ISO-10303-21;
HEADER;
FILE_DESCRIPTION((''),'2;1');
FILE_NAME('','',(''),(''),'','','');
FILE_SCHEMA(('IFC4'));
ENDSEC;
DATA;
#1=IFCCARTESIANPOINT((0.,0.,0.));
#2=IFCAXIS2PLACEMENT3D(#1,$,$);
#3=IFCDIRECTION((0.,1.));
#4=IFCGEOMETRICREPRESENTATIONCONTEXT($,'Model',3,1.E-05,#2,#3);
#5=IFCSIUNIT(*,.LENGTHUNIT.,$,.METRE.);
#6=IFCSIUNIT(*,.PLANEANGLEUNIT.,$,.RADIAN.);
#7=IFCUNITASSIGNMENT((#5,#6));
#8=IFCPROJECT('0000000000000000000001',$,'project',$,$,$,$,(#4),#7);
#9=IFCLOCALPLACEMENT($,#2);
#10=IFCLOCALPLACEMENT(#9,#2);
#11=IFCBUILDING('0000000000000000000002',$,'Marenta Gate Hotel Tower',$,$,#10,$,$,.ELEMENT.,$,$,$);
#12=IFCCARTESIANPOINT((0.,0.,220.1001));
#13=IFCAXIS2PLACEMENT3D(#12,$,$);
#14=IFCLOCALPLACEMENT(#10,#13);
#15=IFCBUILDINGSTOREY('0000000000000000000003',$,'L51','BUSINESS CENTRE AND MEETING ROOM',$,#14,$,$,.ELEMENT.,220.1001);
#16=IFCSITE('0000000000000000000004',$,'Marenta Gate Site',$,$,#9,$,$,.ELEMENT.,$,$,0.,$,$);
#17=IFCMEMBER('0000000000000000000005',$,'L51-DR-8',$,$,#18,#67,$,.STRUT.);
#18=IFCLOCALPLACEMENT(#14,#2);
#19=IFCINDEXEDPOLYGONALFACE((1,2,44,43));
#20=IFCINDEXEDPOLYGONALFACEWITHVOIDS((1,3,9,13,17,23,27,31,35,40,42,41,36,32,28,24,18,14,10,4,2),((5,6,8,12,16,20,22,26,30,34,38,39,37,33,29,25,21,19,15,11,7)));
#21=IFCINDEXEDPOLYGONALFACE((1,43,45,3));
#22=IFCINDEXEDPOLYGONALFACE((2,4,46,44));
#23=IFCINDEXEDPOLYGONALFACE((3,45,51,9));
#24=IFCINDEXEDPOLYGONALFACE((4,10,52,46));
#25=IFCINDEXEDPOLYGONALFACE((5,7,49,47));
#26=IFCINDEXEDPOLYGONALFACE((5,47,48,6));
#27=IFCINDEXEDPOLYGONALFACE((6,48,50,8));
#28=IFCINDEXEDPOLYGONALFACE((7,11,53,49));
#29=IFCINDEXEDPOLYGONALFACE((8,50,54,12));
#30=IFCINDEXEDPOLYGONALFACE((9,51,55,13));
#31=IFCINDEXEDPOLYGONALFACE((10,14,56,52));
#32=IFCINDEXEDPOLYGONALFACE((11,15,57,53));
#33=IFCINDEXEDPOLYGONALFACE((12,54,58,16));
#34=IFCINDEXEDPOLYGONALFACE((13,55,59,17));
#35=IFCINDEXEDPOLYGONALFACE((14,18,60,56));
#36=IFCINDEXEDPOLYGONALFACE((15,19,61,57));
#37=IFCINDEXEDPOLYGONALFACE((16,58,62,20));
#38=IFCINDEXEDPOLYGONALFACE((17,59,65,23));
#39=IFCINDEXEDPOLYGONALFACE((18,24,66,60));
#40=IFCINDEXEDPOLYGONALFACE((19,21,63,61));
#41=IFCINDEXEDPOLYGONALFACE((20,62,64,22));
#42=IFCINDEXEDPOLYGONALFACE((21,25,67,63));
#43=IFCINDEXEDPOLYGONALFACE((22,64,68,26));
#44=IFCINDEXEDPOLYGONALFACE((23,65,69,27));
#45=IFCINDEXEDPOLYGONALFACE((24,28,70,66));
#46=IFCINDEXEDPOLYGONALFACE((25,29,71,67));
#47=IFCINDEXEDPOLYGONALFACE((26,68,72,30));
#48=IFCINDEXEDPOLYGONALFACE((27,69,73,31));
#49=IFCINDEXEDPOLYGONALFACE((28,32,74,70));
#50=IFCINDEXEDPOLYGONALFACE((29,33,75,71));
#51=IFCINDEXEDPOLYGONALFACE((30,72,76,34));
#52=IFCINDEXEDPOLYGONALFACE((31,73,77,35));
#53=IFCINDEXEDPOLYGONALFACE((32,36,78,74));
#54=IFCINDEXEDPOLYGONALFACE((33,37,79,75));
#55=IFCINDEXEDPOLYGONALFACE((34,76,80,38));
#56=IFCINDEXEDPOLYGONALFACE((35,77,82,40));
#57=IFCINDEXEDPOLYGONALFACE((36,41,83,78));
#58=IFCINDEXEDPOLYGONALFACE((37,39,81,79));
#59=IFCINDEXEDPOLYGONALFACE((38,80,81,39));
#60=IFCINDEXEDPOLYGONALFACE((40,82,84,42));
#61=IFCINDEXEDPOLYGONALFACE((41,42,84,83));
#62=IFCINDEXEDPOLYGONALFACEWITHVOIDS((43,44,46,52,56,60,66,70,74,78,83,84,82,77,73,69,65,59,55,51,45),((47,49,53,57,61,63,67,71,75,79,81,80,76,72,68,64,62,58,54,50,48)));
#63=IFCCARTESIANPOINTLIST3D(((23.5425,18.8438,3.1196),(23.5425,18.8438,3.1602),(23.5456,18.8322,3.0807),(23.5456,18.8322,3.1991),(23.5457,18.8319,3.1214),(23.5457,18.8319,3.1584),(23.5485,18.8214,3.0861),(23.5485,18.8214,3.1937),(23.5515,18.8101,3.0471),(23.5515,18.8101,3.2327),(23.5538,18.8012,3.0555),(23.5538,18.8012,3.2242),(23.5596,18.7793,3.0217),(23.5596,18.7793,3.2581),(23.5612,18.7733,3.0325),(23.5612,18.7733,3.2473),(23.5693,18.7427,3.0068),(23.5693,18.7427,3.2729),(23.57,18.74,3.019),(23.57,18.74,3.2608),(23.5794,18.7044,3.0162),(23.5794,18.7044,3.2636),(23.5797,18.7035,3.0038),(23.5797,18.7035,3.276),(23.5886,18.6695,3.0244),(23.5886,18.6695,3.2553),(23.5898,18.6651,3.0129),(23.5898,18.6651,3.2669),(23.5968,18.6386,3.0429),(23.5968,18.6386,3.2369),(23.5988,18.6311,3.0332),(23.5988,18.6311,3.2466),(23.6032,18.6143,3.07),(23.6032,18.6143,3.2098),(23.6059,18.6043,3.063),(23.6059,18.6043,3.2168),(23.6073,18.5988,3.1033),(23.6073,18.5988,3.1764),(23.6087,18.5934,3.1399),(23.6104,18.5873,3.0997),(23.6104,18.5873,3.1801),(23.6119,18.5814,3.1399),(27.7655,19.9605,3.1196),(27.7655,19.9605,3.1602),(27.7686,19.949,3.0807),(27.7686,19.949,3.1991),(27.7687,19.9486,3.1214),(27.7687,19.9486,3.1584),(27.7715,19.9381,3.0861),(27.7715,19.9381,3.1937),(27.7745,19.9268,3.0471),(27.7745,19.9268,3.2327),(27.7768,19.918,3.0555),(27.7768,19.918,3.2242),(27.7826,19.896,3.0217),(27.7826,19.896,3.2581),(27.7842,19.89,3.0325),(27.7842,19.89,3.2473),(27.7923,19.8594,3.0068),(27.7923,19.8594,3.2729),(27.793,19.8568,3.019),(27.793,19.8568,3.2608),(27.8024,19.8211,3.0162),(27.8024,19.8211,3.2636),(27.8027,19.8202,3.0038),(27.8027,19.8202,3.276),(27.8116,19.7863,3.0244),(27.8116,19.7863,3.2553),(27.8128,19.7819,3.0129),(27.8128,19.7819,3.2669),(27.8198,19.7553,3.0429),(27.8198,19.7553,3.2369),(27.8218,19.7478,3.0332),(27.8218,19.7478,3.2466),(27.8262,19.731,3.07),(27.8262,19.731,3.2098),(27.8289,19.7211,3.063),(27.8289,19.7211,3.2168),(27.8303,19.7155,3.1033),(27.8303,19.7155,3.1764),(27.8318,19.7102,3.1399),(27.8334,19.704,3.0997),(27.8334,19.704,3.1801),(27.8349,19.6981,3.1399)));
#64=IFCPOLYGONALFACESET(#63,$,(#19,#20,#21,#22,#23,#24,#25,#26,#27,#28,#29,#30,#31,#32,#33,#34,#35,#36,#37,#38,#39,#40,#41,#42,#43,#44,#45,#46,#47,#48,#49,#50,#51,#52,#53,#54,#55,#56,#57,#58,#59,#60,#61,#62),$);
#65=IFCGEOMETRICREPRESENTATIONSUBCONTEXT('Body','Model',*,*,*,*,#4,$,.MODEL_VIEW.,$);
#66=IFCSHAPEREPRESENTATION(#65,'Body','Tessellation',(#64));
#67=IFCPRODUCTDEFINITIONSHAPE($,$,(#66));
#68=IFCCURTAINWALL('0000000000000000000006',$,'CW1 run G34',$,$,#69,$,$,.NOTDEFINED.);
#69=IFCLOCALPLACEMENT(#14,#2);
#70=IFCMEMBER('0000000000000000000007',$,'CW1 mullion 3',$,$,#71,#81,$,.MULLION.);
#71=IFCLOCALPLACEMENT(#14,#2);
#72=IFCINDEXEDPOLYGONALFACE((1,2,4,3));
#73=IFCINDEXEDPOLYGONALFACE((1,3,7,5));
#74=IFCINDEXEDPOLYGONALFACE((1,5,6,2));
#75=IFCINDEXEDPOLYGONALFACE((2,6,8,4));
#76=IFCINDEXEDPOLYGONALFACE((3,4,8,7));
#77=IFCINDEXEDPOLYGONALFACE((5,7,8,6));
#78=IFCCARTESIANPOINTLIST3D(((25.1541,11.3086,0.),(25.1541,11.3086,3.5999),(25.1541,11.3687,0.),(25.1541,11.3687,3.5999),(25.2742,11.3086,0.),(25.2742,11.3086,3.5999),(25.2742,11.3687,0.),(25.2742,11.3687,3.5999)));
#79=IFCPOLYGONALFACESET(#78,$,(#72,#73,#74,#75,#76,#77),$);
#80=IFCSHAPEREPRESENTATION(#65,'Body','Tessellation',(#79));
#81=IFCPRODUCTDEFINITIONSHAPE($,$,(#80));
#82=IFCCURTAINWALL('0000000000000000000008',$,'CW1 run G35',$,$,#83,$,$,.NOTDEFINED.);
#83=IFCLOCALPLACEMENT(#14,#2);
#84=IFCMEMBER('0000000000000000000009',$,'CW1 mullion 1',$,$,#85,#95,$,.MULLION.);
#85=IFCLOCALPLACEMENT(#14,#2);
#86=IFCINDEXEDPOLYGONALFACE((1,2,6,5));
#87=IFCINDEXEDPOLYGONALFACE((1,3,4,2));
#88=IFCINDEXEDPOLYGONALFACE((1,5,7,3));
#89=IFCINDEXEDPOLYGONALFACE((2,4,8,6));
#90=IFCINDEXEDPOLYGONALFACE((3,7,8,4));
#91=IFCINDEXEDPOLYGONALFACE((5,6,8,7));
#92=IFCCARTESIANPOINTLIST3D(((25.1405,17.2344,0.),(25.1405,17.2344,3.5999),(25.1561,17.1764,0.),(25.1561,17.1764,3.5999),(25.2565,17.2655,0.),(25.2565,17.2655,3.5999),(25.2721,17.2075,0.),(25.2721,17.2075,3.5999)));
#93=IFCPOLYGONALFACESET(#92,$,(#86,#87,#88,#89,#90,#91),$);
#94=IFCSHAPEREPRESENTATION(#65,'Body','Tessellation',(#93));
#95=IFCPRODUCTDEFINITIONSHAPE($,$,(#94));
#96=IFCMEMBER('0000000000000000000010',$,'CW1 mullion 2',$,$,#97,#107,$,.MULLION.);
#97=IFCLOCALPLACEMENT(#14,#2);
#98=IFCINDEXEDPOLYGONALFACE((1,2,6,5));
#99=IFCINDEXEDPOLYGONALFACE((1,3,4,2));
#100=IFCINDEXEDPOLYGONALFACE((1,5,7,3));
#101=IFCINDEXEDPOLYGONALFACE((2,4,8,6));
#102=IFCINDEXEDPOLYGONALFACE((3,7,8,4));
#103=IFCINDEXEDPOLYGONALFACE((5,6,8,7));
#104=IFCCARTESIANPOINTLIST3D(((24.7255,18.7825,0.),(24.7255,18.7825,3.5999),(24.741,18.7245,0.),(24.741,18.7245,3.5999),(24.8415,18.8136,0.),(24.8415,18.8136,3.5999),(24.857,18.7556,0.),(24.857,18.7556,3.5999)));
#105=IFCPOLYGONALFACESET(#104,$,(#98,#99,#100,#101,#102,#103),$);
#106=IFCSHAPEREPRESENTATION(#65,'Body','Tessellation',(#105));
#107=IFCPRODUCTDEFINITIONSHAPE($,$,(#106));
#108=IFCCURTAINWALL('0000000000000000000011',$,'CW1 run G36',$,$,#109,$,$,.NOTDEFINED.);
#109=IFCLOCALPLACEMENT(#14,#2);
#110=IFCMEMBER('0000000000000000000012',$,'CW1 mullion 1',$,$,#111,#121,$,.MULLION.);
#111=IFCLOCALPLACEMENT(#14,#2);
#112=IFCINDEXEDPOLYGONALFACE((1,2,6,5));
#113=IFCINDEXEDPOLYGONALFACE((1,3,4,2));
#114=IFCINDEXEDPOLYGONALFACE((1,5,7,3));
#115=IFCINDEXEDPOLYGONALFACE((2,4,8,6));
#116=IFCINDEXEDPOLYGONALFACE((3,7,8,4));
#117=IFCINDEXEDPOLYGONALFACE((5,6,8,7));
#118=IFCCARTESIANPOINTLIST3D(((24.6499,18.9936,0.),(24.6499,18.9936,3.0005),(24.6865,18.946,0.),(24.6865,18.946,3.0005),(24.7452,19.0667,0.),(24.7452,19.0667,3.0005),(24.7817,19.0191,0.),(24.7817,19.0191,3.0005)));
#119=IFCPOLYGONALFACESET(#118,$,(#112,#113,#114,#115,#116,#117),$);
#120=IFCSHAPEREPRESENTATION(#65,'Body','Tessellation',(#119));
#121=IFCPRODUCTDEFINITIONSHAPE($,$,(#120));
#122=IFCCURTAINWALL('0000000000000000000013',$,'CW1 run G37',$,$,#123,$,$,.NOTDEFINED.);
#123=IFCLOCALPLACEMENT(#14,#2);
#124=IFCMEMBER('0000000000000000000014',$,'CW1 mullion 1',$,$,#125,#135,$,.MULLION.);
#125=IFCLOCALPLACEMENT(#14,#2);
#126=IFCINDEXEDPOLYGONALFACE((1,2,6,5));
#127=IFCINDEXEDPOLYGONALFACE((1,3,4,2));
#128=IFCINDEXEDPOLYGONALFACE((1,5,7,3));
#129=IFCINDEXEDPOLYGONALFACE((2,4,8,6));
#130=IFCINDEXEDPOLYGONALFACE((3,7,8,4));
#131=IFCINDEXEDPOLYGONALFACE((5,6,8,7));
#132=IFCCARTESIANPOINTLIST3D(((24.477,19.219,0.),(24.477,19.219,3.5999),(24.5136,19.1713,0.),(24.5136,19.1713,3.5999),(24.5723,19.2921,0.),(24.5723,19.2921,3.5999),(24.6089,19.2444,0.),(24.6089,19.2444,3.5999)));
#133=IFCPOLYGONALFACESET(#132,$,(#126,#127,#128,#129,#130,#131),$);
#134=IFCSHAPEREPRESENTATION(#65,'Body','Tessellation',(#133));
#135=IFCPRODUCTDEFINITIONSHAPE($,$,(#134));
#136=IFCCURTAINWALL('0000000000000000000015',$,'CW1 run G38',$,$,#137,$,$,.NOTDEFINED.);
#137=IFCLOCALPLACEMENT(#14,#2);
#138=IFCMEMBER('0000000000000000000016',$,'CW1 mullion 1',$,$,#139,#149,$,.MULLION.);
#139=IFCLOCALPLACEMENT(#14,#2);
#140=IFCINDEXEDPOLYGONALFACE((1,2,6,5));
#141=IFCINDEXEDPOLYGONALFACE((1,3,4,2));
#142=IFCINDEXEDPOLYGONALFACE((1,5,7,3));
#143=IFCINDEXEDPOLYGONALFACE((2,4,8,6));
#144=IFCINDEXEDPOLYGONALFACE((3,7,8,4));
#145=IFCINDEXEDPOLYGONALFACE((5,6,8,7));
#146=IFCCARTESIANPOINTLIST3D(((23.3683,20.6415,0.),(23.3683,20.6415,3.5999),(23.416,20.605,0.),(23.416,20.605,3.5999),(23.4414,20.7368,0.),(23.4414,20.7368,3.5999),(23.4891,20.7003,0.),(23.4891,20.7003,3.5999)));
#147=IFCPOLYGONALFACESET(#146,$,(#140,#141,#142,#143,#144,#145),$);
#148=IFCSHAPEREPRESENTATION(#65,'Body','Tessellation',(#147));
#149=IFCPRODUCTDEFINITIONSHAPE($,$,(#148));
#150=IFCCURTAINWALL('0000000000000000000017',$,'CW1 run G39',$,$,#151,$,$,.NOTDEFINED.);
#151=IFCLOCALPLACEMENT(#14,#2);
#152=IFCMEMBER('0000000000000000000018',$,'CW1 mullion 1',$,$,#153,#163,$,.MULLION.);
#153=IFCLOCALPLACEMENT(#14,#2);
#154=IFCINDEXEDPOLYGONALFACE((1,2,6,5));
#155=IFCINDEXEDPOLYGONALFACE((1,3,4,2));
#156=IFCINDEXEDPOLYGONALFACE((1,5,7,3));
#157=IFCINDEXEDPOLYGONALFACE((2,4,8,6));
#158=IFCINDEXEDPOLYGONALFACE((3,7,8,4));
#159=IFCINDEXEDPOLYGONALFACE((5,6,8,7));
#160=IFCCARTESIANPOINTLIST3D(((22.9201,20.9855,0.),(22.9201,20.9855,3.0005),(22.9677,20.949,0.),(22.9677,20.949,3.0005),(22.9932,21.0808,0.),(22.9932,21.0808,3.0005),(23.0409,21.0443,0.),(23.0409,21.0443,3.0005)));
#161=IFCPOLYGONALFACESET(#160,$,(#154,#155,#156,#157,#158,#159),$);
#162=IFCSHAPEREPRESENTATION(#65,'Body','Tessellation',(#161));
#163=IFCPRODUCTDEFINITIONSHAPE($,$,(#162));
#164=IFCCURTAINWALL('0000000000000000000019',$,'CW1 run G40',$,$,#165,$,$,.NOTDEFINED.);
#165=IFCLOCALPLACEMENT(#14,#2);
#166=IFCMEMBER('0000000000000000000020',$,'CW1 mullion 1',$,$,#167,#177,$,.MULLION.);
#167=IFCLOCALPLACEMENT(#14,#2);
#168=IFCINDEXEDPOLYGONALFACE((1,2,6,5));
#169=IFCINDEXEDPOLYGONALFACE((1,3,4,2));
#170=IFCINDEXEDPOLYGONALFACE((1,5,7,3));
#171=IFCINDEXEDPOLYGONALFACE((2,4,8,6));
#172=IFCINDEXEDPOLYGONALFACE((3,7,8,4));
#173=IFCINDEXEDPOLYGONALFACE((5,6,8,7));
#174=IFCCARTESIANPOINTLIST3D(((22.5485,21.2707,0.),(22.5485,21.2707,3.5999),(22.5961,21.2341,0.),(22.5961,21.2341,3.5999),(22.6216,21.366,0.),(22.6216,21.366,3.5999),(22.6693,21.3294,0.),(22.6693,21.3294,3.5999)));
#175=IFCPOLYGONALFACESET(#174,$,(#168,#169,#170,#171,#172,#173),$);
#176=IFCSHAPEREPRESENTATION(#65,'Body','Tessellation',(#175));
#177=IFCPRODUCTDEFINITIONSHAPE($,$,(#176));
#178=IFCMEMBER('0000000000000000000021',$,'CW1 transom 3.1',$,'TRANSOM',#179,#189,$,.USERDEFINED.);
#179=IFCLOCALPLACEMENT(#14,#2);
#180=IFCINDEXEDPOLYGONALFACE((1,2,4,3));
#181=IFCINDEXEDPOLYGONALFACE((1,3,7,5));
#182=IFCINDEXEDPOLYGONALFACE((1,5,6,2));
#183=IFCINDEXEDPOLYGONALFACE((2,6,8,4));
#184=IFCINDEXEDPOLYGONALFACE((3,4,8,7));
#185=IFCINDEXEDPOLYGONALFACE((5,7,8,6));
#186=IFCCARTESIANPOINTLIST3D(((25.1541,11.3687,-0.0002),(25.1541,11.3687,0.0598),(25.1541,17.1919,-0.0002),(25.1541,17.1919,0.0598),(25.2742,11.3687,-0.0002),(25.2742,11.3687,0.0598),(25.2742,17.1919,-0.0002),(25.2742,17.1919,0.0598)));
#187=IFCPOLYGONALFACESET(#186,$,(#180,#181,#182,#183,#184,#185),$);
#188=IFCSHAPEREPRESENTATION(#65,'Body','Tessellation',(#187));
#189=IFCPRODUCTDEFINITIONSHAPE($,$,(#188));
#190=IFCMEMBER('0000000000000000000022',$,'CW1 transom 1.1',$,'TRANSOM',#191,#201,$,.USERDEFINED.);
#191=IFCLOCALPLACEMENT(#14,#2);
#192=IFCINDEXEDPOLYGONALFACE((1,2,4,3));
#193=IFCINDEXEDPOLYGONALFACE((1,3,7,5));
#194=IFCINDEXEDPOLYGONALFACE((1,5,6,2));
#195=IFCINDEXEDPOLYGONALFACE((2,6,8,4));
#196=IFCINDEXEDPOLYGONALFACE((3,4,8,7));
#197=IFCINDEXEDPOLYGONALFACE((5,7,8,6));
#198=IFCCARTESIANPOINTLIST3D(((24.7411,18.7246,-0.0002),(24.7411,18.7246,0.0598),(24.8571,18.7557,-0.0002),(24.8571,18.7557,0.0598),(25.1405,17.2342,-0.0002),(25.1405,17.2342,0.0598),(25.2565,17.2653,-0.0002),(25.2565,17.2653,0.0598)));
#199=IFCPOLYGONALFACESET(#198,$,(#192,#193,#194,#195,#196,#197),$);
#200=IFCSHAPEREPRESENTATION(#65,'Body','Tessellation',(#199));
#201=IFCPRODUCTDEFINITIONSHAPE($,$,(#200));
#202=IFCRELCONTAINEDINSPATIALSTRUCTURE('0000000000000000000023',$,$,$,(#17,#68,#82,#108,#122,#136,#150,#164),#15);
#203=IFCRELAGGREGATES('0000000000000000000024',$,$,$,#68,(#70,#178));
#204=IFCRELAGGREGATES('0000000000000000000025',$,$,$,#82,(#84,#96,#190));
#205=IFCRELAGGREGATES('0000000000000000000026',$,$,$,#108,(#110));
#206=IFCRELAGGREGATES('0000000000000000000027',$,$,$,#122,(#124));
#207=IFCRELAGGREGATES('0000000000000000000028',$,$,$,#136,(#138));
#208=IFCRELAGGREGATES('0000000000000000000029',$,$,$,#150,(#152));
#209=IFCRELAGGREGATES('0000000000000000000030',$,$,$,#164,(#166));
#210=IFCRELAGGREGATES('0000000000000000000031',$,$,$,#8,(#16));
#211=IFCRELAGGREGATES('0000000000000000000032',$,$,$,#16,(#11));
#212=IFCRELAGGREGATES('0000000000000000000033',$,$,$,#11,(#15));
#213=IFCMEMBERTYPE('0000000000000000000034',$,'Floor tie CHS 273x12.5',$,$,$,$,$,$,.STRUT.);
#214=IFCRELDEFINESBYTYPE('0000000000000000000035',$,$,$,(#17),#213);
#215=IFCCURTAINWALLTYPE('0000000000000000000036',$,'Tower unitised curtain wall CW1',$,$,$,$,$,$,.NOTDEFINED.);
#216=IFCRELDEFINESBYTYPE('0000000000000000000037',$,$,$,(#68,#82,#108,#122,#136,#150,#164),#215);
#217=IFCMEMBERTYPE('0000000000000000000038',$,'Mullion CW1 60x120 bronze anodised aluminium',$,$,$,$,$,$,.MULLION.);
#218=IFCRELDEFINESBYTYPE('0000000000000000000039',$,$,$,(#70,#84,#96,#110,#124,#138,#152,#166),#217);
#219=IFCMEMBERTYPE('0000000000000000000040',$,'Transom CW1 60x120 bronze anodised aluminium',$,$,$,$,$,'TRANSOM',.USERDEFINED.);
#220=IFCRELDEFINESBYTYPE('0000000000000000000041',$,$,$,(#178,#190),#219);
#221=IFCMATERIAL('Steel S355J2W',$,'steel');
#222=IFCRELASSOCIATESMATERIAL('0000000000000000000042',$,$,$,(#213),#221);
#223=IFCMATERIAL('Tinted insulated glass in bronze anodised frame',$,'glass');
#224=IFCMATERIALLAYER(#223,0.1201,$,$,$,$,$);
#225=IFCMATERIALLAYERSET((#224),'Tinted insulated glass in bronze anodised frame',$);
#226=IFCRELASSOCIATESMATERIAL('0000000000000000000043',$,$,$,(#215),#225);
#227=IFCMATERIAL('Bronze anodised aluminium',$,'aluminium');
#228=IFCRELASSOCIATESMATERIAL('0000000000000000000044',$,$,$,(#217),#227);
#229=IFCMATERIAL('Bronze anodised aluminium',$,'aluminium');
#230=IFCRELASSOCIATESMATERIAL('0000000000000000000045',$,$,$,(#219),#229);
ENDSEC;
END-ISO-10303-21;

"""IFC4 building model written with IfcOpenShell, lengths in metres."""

from ifc_helpers import new_model, si_unit, direction, frame, origin, origin_2d, place, context, subcontext, project, spatial, rectangle, hollow_circle, extrude, material, layer, layer_set, material_profile, profile_set, type_object, element, aggregate, save


model = new_model("IFC4")

# Units and contexts
model_context = context("Model", 3, precision=1e-05, world=origin(), true_north=direction((0.0, 1.0)))
body_context = subcontext(model_context, "Body", "Model", "MODEL_VIEW")
ifc_project = project(units=[si_unit("LENGTHUNIT", "METRE"), si_unit("PLANEANGLEUNIT", "RADIAN")], contexts=[model_context])

# Site, building, storey
site_placement = place(None, origin())
site = spatial("IfcSite", under=ifc_project, at=site_placement, Name="Marenta Gate Site", CompositionType="ELEMENT", RefElevation=0.0)
building_placement = place(site_placement, origin())
building = spatial("IfcBuilding", under=site, at=building_placement, Name="Marenta Gate Hotel Tower", CompositionType="ELEMENT")
storey_placement = place(building_placement, frame((0.0, 0.0, 220.1001)))
storey = spatial("IfcBuildingStorey", under=building, at=storey_placement, Name="L51", Description="BUSINESS CENTRE AND MEETING ROOM", CompositionType="ELEMENT", Elevation=220.1001)

# Member
ifc_material_1 = material(Name="Steel S355J2W", Category="steel")
ifc_material_profile_1 = material_profile(ifc_material_1, hollow_circle(Radius=0.1365, WallThickness=0.0125, at=origin_2d()), Name="CHS 273x12.5")
ifc_profile_set_1 = profile_set([ifc_material_profile_1], Name="Steel S355J2W")
member_type_1 = type_object("IfcMemberType", Name="Floor tie CHS 273x12.5", PredefinedType="STRUT", material=ifc_profile_set_1)
member_1_placement = place(storey_placement, frame((27.8, 19.8301, 3.1399), z_axis=(-0.966769, -0.255651, 0.0), x_axis=(0.255651, -0.966769, 0.0)))
element("IfcMember", 1, at=member_1_placement, inside=storey, type_object=member_type_1, Name="L51-DR-8", PredefinedType="STRUT", context=body_context, shape_type="SweptSolid", body=[
    extrude(hollow_circle(Radius=0.1365, WallThickness=0.0125, at=origin_2d()), origin(), (0.0, 0.0, 1.0), 4.3682),
])

# Curtain wall, member
ifc_material_2 = material(Name="Tinted insulated glass in bronze anodised frame", Category="glass")
ifc_layer_1 = layer(ifc_material_2, 0.1201)
ifc_layer_set_1 = layer_set([ifc_layer_1], Name="Tinted insulated glass in bronze anodised frame")
curtain_wall_type = type_object("IfcCurtainWallType", Name="Tower unitised curtain wall CW1", PredefinedType="NOTDEFINED", material=ifc_layer_set_1)
curtain_wall_1_placement = place(storey_placement, origin())
curtain_wall_1 = element("IfcCurtainWall", 2, at=curtain_wall_1_placement, inside=storey, type_object=curtain_wall_type, Name="CW1 run G34", PredefinedType="NOTDEFINED")
ifc_material_3 = material(Name="Bronze anodised aluminium", Category="aluminium")
ifc_material_profile_2 = material_profile(ifc_material_3, rectangle(XDim=0.1201, YDim=0.0601, at=origin_2d()), Name="Mullion CW1 60x120 bronze anodised aluminium")
ifc_profile_set_2 = profile_set([ifc_material_profile_2], Name="Bronze anodised aluminium")
member_type_2 = type_object("IfcMemberType", Name="Mullion CW1 60x120 bronze anodised aluminium", PredefinedType="MULLION", material=ifc_profile_set_2)
member_2_placement = place(storey_placement, frame((25.2141, 11.3386, 0.0), z_axis=(0.0, 0.0, 1.0), x_axis=(-1.0, 0.0, 0.0)))
member_2 = element("IfcMember", 3, at=member_2_placement, type_object=member_type_2, Name="CW1 mullion 3", PredefinedType="MULLION", context=body_context, shape_type="SweptSolid", body=[
    extrude(rectangle(XDim=0.1201, YDim=0.0601, at=origin_2d()), origin(), (0.0, 0.0, 1.0), 3.5999),
])

# Curtain wall, members
curtain_wall_2_placement = place(storey_placement, origin())
curtain_wall_2 = element("IfcCurtainWall", 4, at=curtain_wall_2_placement, inside=storey, type_object=curtain_wall_type, Name="CW1 run G35", PredefinedType="NOTDEFINED")
member_3_placement = place(storey_placement, frame((25.2063, 17.2209, 0.0), z_axis=(0.0, 0.0, 1.0), x_axis=(-0.965923, -0.25883, 0.0)))
member_3 = element("IfcMember", 5, at=member_3_placement, type_object=member_type_2, Name="CW1 mullion 1", PredefinedType="MULLION", context=body_context, shape_type="SweptSolid", body=[
    extrude(rectangle(XDim=0.1201, YDim=0.0601, at=origin_2d()), origin(), (0.0, 0.0, 1.0), 3.5999),
])
member_4_placement = place(storey_placement, frame((24.7913, 18.769, 0.0), z_axis=(0.0, 0.0, 1.0), x_axis=(-0.965923, -0.25883, 0.0)))
member_4 = element("IfcMember", 6, at=member_4_placement, type_object=member_type_2, Name="CW1 mullion 2", PredefinedType="MULLION", context=body_context, shape_type="SweptSolid", body=[
    extrude(rectangle(XDim=0.1201, YDim=0.0601, at=origin_2d()), origin(), (0.0, 0.0, 1.0), 3.5999),
])

# Curtain walls, members
curtain_wall_3_placement = place(storey_placement, origin())
curtain_wall_3 = element("IfcCurtainWall", 7, at=curtain_wall_3_placement, inside=storey, type_object=curtain_wall_type, Name="CW1 run G36", PredefinedType="NOTDEFINED")
member_5_placement = place(storey_placement, frame((24.7158, 19.0063, 0.0), z_axis=(0.0, 0.0, 1.0), x_axis=(-0.793317, -0.608808, 0.0)))
member_5 = element("IfcMember", 8, at=member_5_placement, type_object=member_type_2, Name="CW1 mullion 1", PredefinedType="MULLION", context=body_context, shape_type="SweptSolid", body=[
    extrude(rectangle(XDim=0.1201, YDim=0.0601, at=origin_2d()), origin(), (0.0, 0.0, 1.0), 3.0005),
])
curtain_wall_4_placement = place(storey_placement, origin())
curtain_wall_4 = element("IfcCurtainWall", 9, at=curtain_wall_4_placement, inside=storey, type_object=curtain_wall_type, Name="CW1 run G37", PredefinedType="NOTDEFINED")
member_6_placement = place(storey_placement, frame((24.543, 19.2317, 0.0), z_axis=(0.0, 0.0, 1.0), x_axis=(-0.793336, -0.608784, 0.0)))
member_6 = element("IfcMember", 10, at=member_6_placement, type_object=member_type_2, Name="CW1 mullion 1", PredefinedType="MULLION", context=body_context, shape_type="SweptSolid", body=[
    extrude(rectangle(XDim=0.1201, YDim=0.0601, at=origin_2d()), origin(), (0.0, 0.0, 1.0), 3.5999),
])
curtain_wall_5_placement = place(storey_placement, origin())
curtain_wall_5 = element("IfcCurtainWall", 11, at=curtain_wall_5_placement, inside=storey, type_object=curtain_wall_type, Name="CW1 run G38", PredefinedType="NOTDEFINED")
member_7_placement = place(storey_placement, frame((23.4287, 20.6709, 0.0), z_axis=(0.0, 0.0, 1.0), x_axis=(-0.60877, -0.793347, 0.0)))
member_7 = element("IfcMember", 12, at=member_7_placement, type_object=member_type_2, Name="CW1 mullion 1", PredefinedType="MULLION", context=body_context, shape_type="SweptSolid", body=[
    extrude(rectangle(XDim=0.1201, YDim=0.0601, at=origin_2d()), origin(), (0.0, 0.0, 1.0), 3.5999),
])
curtain_wall_6_placement = place(storey_placement, origin())
curtain_wall_6 = element("IfcCurtainWall", 13, at=curtain_wall_6_placement, inside=storey, type_object=curtain_wall_type, Name="CW1 run G39", PredefinedType="NOTDEFINED")
member_8_placement = place(storey_placement, frame((22.9805, 21.0149, 0.0), z_axis=(0.0, 0.0, 1.0), x_axis=(-0.608844, -0.79329, 0.0)))
member_8 = element("IfcMember", 14, at=member_8_placement, type_object=member_type_2, Name="CW1 mullion 1", PredefinedType="MULLION", context=body_context, shape_type="SweptSolid", body=[
    extrude(rectangle(XDim=0.1201, YDim=0.0601, at=origin_2d()), origin(), (0.0, 0.0, 1.0), 3.0005),
])
curtain_wall_7_placement = place(storey_placement, origin())
curtain_wall_7 = element("IfcCurtainWall", 15, at=curtain_wall_7_placement, inside=storey, type_object=curtain_wall_type, Name="CW1 run G40", PredefinedType="NOTDEFINED")
member_9_placement = place(storey_placement, frame((22.6089, 21.3, 0.0), z_axis=(0.0, 0.0, 1.0), x_axis=(-0.608772, -0.793345, 0.0)))
member_9 = element("IfcMember", 16, at=member_9_placement, type_object=member_type_2, Name="CW1 mullion 1", PredefinedType="MULLION", context=body_context, shape_type="SweptSolid", body=[
    extrude(rectangle(XDim=0.1201, YDim=0.0601, at=origin_2d()), origin(), (0.0, 0.0, 1.0), 3.5999),
])

# Members
ifc_material_4 = material(Name="Bronze anodised aluminium", Category="aluminium")
ifc_material_profile_3 = material_profile(ifc_material_4, rectangle(XDim=0.1201, YDim=0.0601, at=origin_2d()), Name="Transom CW1 60x120 bronze anodised aluminium")
ifc_profile_set_3 = profile_set([ifc_material_profile_3], Name="Bronze anodised aluminium")
member_type_3 = type_object("IfcMemberType", Name="Transom CW1 60x120 bronze anodised aluminium", ElementType="TRANSOM", PredefinedType="USERDEFINED", material=ifc_profile_set_3)
member_10_placement = place(storey_placement, frame((25.2141, 11.3687, 0.0298), z_axis=(0.0, 1.0, 0.0), x_axis=(-1.0, 0.0, 0.0)))
member_10 = element("IfcMember", 17, at=member_10_placement, type_object=member_type_3, Name="CW1 transom 3.1", ObjectType="TRANSOM", PredefinedType="USERDEFINED", context=body_context, shape_type="SweptSolid", body=[
    extrude(rectangle(XDim=0.1201, YDim=0.0601, at=origin_2d()), origin(), (0.0, 0.0, 1.0), 5.8232),
])
member_11_placement = place(storey_placement, frame((25.1985, 17.2498, 0.0298), z_axis=(-0.258844, 0.965919, 0.0), x_axis=(-0.965919, -0.258844, 0.0)))
member_11 = element("IfcMember", 18, at=member_11_placement, type_object=member_type_3, Name="CW1 transom 1.1", ObjectType="TRANSOM", PredefinedType="USERDEFINED", context=body_context, shape_type="SweptSolid", body=[
    extrude(rectangle(XDim=0.1201, YDim=0.0601, at=origin_2d()), origin(), (0.0, 0.0, 1.0), 1.543),
])

aggregate(curtain_wall_1, [member_2, member_10])
aggregate(curtain_wall_2, [member_3, member_4, member_11])
aggregate(curtain_wall_3, [member_5])
aggregate(curtain_wall_4, [member_6])
aggregate(curtain_wall_5, [member_7])
aggregate(curtain_wall_6, [member_8])
aggregate(curtain_wall_7, [member_9])

save(model, "model.ifc")
